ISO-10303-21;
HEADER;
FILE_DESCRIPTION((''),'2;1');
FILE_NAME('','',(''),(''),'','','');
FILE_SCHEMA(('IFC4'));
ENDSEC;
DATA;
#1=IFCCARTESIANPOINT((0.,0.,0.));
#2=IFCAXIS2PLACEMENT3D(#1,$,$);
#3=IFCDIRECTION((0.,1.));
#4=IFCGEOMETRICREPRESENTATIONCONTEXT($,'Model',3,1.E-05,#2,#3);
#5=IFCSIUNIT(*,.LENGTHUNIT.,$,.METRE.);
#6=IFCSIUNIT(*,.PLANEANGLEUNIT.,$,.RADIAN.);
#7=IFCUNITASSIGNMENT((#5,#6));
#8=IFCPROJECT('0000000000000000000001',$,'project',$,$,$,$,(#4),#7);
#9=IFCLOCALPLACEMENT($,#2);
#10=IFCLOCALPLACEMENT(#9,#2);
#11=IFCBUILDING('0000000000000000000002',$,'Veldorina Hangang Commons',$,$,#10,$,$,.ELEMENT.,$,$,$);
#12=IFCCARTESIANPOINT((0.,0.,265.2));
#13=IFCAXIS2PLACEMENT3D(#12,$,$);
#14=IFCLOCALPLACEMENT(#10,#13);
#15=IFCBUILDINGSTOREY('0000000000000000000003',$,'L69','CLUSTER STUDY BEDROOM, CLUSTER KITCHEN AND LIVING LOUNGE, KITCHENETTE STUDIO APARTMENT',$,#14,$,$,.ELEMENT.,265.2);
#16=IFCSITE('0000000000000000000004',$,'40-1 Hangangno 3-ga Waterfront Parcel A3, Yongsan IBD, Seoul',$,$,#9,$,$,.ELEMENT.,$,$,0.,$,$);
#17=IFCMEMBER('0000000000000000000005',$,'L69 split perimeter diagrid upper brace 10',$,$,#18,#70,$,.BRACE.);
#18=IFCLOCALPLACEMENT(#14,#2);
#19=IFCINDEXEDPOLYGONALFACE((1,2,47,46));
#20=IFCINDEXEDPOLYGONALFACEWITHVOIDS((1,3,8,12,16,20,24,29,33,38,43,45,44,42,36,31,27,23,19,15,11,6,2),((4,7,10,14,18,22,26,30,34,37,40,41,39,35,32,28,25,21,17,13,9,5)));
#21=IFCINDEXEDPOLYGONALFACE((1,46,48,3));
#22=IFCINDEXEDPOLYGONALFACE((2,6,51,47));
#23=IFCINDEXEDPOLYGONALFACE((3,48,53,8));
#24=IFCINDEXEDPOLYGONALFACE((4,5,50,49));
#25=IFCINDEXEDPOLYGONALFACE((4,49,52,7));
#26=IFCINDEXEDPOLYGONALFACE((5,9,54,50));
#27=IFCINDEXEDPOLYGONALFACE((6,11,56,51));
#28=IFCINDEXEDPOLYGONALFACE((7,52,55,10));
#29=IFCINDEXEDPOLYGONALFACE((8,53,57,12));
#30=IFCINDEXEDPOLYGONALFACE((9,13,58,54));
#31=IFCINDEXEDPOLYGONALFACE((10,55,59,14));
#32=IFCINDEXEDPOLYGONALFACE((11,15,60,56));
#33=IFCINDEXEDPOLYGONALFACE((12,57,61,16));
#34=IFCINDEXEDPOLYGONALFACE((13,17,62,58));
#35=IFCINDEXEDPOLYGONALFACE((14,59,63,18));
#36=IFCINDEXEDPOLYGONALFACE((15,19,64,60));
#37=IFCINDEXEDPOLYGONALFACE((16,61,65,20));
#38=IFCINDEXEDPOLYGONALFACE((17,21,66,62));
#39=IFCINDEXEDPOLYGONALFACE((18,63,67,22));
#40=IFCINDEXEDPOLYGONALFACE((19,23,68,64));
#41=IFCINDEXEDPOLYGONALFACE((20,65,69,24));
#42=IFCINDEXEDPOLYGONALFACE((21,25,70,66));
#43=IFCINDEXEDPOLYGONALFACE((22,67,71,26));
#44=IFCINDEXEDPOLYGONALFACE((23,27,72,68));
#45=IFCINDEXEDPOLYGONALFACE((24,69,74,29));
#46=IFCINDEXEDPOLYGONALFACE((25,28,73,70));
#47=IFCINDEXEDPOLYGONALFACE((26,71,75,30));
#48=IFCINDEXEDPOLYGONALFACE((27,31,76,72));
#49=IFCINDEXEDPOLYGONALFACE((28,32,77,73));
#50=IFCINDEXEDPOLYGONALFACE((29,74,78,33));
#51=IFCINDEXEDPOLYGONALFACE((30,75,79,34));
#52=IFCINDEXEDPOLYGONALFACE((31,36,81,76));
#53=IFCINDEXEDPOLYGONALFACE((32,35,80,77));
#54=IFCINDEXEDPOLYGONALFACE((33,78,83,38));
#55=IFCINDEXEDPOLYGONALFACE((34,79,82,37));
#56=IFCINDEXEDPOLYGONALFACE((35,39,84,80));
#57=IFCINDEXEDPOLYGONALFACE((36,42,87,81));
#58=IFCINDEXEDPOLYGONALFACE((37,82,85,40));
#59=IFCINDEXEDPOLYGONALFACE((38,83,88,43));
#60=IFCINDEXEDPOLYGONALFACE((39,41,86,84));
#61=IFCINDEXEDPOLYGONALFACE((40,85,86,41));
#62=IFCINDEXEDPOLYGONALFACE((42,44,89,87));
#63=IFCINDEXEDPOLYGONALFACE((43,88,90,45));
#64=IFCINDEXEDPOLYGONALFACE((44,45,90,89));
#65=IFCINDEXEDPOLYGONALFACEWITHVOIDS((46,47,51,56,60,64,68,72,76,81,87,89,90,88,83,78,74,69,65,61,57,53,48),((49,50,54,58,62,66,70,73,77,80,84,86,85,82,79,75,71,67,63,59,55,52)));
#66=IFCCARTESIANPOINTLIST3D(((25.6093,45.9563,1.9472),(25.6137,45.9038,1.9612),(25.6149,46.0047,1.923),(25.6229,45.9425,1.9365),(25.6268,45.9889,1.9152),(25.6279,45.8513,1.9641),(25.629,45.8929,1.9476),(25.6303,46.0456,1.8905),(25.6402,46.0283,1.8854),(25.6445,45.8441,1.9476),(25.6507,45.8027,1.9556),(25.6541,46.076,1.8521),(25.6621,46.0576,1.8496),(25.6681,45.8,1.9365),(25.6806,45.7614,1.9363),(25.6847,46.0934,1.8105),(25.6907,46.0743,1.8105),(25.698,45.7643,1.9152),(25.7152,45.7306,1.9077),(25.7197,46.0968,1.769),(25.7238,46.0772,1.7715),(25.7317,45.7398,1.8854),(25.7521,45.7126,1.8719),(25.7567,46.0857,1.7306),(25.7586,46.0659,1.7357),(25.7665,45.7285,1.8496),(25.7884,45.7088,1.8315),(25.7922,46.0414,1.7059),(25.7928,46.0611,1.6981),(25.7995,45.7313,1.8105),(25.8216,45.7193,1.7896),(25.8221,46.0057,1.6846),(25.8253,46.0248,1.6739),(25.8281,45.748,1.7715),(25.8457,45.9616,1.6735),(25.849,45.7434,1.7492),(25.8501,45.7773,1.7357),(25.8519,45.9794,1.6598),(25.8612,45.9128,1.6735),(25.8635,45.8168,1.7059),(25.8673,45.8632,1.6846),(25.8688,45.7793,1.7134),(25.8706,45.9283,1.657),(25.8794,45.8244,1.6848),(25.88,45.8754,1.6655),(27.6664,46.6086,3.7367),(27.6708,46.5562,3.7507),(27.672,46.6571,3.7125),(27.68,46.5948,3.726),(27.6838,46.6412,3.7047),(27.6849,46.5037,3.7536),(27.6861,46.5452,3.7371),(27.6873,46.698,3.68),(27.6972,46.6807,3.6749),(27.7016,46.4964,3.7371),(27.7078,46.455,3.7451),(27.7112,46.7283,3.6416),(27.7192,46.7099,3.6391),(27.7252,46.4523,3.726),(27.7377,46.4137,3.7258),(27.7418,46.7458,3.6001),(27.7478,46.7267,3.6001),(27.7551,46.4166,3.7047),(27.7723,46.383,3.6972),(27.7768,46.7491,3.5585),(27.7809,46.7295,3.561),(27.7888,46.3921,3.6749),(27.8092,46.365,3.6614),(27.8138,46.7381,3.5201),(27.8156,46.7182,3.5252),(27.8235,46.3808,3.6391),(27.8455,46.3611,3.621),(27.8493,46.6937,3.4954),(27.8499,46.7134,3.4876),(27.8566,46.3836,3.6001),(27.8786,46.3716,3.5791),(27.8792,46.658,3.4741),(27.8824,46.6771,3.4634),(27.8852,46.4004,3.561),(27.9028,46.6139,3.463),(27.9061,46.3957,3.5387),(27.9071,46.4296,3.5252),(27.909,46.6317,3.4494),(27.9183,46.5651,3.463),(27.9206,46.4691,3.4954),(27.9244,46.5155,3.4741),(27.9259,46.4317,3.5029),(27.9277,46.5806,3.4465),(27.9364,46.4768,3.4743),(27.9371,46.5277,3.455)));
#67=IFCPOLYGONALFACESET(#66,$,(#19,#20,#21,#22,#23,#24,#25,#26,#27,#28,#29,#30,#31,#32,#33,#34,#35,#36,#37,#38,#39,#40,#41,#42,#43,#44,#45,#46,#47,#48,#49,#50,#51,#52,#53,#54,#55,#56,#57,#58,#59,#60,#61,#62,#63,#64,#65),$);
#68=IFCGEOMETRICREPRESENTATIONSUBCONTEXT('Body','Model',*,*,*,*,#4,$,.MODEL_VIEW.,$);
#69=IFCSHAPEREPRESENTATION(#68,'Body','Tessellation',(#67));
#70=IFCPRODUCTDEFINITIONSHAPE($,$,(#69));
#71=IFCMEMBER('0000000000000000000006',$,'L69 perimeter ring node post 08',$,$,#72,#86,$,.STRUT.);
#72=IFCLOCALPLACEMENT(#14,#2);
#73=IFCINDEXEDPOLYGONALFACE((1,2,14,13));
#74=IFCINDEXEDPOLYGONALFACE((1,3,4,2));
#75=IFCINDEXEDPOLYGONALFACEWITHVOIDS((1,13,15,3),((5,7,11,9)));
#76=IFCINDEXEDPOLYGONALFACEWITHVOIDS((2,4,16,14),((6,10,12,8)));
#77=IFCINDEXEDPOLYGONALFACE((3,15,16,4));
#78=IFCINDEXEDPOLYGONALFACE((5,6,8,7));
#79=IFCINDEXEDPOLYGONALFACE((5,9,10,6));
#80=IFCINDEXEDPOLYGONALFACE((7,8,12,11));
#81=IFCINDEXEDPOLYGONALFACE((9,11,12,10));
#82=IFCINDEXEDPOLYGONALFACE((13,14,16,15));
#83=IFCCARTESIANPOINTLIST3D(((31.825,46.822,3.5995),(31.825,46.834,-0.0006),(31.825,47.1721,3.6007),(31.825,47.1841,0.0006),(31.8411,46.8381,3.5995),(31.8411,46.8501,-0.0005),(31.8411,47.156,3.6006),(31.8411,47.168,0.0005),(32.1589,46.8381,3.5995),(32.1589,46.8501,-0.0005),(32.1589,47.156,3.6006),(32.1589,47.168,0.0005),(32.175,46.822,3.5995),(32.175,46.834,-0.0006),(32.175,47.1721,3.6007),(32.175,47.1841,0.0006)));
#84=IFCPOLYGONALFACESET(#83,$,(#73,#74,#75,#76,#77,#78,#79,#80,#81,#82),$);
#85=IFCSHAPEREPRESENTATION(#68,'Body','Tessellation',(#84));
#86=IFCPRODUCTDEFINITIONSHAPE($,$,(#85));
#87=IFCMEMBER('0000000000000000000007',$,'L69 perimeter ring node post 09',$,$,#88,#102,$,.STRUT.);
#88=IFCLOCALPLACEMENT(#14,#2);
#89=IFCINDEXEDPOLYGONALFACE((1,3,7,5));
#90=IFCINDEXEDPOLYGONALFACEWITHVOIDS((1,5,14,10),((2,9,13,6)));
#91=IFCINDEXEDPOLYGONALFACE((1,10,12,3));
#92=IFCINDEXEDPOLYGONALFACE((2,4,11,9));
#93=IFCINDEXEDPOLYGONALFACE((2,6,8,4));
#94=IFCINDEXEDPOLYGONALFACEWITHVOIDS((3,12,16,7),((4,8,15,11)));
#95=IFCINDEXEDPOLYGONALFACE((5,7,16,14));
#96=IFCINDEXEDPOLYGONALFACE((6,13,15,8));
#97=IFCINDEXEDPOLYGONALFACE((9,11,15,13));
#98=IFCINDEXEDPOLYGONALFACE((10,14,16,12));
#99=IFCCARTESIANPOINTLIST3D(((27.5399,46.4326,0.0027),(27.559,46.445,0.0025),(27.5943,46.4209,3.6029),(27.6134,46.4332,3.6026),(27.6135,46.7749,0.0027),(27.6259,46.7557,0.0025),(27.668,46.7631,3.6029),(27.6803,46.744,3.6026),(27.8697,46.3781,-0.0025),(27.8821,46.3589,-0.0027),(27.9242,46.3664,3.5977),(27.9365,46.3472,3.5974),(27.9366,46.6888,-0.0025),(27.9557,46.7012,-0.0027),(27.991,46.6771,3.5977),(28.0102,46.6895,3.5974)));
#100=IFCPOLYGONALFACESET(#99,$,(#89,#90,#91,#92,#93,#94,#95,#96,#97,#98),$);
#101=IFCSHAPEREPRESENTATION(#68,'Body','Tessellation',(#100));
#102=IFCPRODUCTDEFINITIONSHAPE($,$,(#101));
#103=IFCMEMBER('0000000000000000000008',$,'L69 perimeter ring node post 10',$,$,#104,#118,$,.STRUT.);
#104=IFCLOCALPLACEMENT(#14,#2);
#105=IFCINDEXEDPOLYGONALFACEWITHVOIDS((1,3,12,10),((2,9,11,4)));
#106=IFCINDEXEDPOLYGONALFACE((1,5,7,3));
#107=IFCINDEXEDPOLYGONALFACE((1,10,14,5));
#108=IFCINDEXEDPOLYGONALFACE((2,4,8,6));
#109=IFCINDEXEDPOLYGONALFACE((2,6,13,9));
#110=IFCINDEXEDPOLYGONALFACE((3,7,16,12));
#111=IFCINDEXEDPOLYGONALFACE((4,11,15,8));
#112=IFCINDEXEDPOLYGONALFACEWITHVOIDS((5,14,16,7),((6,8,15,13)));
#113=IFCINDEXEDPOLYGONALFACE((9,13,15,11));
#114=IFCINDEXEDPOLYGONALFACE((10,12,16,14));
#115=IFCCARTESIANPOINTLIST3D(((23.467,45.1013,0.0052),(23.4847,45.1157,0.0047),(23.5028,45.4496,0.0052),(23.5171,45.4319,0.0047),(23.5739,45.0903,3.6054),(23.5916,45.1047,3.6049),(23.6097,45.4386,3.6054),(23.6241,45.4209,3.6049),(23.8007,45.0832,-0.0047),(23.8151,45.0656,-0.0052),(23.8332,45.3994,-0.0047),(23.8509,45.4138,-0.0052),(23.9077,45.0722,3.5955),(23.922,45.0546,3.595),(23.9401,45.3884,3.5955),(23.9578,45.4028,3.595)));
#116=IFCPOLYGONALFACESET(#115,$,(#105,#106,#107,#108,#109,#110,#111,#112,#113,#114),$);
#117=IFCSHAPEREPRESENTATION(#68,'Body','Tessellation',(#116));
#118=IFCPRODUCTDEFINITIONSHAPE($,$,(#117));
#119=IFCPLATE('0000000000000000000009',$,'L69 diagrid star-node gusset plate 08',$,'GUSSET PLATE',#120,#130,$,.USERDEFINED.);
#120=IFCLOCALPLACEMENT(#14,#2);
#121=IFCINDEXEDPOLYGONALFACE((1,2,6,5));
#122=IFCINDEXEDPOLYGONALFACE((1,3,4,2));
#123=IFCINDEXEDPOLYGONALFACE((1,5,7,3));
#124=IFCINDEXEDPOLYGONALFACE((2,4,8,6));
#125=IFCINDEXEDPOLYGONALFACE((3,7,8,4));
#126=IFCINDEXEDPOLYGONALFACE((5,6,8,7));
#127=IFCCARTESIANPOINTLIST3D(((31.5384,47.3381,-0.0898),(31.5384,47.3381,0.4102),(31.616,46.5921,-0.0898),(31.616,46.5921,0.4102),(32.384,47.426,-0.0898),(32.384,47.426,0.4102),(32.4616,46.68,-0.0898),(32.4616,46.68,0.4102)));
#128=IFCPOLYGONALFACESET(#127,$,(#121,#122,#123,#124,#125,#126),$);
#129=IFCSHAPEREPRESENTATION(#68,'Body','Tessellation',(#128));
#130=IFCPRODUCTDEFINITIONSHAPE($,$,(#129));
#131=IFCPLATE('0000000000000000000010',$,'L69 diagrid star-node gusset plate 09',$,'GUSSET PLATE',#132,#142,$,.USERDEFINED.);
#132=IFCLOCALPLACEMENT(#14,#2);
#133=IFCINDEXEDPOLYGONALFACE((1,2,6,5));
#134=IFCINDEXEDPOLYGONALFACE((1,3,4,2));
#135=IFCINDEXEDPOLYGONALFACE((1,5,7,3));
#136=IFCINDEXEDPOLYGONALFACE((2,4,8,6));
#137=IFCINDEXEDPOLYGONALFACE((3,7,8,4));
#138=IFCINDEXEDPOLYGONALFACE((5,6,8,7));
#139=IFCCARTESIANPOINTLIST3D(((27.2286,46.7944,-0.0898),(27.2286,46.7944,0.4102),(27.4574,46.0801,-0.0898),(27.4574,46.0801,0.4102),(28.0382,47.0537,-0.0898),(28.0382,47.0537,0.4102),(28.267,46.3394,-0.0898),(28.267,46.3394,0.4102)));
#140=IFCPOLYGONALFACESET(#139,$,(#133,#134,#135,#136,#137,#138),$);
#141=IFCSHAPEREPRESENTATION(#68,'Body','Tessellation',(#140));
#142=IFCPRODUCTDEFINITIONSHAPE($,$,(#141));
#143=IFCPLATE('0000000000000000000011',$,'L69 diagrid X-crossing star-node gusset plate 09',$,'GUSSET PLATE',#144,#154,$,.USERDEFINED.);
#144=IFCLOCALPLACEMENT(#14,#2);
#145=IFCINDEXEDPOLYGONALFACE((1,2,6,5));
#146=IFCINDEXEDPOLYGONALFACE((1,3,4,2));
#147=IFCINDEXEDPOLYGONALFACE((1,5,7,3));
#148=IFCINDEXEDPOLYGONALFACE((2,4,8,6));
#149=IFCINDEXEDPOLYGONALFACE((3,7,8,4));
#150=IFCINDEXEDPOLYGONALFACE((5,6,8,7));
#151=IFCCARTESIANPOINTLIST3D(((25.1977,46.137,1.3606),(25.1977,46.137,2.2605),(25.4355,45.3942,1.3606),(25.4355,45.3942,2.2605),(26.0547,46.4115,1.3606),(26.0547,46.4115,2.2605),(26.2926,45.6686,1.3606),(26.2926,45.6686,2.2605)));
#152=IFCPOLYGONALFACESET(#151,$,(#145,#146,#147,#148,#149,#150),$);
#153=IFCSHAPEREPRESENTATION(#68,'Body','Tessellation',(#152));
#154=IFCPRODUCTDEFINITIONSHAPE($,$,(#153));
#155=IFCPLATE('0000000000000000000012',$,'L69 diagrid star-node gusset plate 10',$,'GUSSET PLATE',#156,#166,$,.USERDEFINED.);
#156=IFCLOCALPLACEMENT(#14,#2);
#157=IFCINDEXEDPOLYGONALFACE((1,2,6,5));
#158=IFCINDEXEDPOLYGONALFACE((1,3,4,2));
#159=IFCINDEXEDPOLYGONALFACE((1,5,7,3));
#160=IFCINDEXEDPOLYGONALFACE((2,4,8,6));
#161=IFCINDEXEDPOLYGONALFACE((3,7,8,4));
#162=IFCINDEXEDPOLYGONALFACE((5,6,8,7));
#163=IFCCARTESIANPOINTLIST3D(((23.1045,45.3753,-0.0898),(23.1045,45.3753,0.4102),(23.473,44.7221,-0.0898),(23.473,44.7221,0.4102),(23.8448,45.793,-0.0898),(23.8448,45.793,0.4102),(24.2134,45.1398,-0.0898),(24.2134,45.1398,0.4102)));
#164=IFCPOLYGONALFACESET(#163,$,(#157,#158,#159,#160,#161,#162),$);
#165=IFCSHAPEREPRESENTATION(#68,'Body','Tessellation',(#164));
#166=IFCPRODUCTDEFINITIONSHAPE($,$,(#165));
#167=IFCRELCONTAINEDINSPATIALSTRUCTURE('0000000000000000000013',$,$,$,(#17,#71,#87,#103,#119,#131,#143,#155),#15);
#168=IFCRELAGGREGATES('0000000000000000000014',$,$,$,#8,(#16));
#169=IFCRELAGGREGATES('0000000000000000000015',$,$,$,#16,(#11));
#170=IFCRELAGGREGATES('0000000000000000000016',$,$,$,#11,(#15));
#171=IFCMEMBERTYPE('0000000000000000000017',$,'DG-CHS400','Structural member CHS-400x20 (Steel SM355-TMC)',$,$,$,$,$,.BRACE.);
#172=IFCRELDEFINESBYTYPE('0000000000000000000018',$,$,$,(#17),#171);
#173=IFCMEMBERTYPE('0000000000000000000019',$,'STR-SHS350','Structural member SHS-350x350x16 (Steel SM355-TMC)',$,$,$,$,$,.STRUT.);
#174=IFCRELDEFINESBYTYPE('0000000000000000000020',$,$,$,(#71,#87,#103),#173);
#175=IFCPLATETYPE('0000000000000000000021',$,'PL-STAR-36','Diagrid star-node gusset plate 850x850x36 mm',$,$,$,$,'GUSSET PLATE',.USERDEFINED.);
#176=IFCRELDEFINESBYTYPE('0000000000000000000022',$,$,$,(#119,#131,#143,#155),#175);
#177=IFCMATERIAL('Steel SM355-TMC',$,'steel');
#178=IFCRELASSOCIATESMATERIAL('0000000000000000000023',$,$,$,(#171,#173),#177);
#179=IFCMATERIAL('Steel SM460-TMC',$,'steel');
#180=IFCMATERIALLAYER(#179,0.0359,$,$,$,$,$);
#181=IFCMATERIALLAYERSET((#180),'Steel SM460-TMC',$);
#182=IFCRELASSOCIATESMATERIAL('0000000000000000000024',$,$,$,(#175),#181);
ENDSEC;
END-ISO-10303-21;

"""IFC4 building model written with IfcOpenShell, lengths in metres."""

from ifc_helpers import new_model, si_unit, direction, frame, origin, origin_2d, place, context, subcontext, project, spatial, rectangle, hollow_rectangle, hollow_circle, extrude, material, layer, layer_set, material_profile, profile_set, type_object, element, save


model = new_model("IFC4")

# Units and contexts
model_context = context("Model", 3, precision=1e-05, world=origin(), true_north=direction((0.0, 1.0)))
body_context = subcontext(model_context, "Body", "Model", "MODEL_VIEW")
ifc_project = project(units=[si_unit("LENGTHUNIT", "METRE"), si_unit("PLANEANGLEUNIT", "RADIAN")], contexts=[model_context])

# Site, building, storey
site_placement = place(None, origin())
site = spatial("IfcSite", under=ifc_project, at=site_placement, Name="40-1 Hangangno 3-ga Waterfront Parcel A3, Yongsan IBD, Seoul", CompositionType="ELEMENT", RefElevation=0.0)
building_placement = place(site_placement, origin())
building = spatial("IfcBuilding", under=site, at=building_placement, Name="Veldorina Hangang Commons", CompositionType="ELEMENT")
storey_placement = place(building_placement, frame((0.0, 0.0, 265.2)))
storey = spatial("IfcBuildingStorey", under=building, at=storey_placement, Name="L69", Description="CLUSTER STUDY BEDROOM, CLUSTER KITCHEN AND LIVING LOUNGE, KITCHENETTE STUDIO APARTMENT", CompositionType="ELEMENT", Elevation=265.2)

# Shared definitions
ifc_material_1 = material(Name="Steel SM355-TMC", Category="steel")

# Members
ifc_material_profile_1 = material_profile(ifc_material_1, hollow_circle(Radius=0.2, WallThickness=0.02, at=origin_2d()), Name="CHS-400x20")
ifc_profile_set_1 = profile_set([ifc_material_profile_1], Name="Steel SM355-TMC")
member_type_1 = type_object("IfcMemberType", Name="DG-CHS400", Description="Structural member CHS-400x20 (Steel SM355-TMC)", PredefinedType="BRACE", material=ifc_profile_set_1)
member_1_placement = place(storey_placement, frame((25.7451, 45.9028, 1.8105), z_axis=(0.733762, 0.232686, 0.638319), x_axis=(-0.302279, 0.95322, 0.0)))
element("IfcMember", 1, at=member_1_placement, inside=storey, type_object=member_type_1, Name="L69 split perimeter diagrid upper brace 10", PredefinedType="BRACE", context=body_context, shape_type="SweptSolid", body=[
    extrude(hollow_circle(Radius=0.2, WallThickness=0.02, at=origin_2d()), origin(), (0.0, 0.0, 1.0), 2.8035),
])
ifc_material_profile_2 = material_profile(ifc_material_1, hollow_rectangle(XDim=0.3501, YDim=0.3501, WallThickness=0.0161, at=origin_2d()), Name="SHS-350x350x16")
ifc_profile_set_2 = profile_set([ifc_material_profile_2], Name="Steel SM355-TMC")
member_type_2 = type_object("IfcMemberType", Name="STR-SHS350", Description="Structural member SHS-350x350x16 (Steel SM355-TMC)", PredefinedType="STRUT", material=ifc_profile_set_2)
member_2_placement = place(storey_placement, frame((32.0, 47.009, 0.0), z_axis=(0.0, -0.003323, 0.999994), x_axis=(1.0, 0.0, 0.0)))
element("IfcMember", 2, at=member_2_placement, inside=storey, type_object=member_type_2, Name="L69 perimeter ring node post 08", PredefinedType="STRUT", context=body_context, shape_type="SweptSolid", body=[
    extrude(hollow_rectangle(XDim=0.3501, YDim=0.3501, WallThickness=0.0161, at=origin_2d()), origin(), (0.0, 0.0, 1.0), 3.6001),
])
member_3_placement = place(storey_placement, frame((27.7478, 46.5669, 0.0), z_axis=(0.015121, -0.003255, 0.99988), x_axis=(0.210427, 0.97761, 0.0)))
element("IfcMember", 3, at=member_3_placement, inside=storey, type_object=member_type_2, Name="L69 perimeter ring node post 09", PredefinedType="STRUT", context=body_context, shape_type="SweptSolid", body=[
    extrude(hollow_rectangle(XDim=0.3501, YDim=0.3501, WallThickness=0.0161, at=origin_2d()), origin(), (0.0, 0.0, 1.0), 3.6006),
])
member_4_placement = place(storey_placement, frame((23.6589, 45.2576, 0.0), z_axis=(0.02969, -0.00305, 0.999555), x_axis=(0.102202, 0.994764, 0.0)))
element("IfcMember", 4, at=member_4_placement, inside=storey, type_object=member_type_2, Name="L69 perimeter ring node post 10", PredefinedType="STRUT", context=body_context, shape_type="SweptSolid", body=[
    extrude(hollow_rectangle(XDim=0.3501, YDim=0.3501, WallThickness=0.0161, at=origin_2d()), origin(), (0.0, 0.0, 1.0), 3.6018),
])

# Plates
ifc_material_2 = material(Name="Steel SM460-TMC", Category="steel")
ifc_layer_1 = layer(ifc_material_2, 0.0359)
ifc_layer_set_1 = layer_set([ifc_layer_1], Name="Steel SM460-TMC")
plate_type = type_object("IfcPlateType", Name="PL-STAR-36", Description="Diagrid star-node gusset plate 850x850x36 mm", ElementType="GUSSET PLATE", PredefinedType="USERDEFINED", material=ifc_layer_set_1)
for number, where, z_axis, x_axis, name in (
    (5, (32.0, 47.009, -0.0898), (0.0, 0.0, 1.0), (-0.994638, -0.103418, 0.0), "L69 diagrid star-node gusset plate 08"),
    (6, (27.7478, 46.5669, -0.0898), (0.0, 0.0, 1.0), (-0.952359, -0.304981, 0.0), "L69 diagrid star-node gusset plate 09"),
):
    element("IfcPlate", number, at=place(storey_placement, frame(where, z_axis=z_axis, x_axis=x_axis)), inside=storey, type_object=plate_type, Name=name, ObjectType="GUSSET PLATE", PredefinedType="USERDEFINED", context=body_context, shape_type="SweptSolid", body=[
        extrude(rectangle(XDim=0.8501, YDim=0.75, at=origin_2d()), origin(), (0.0, 0.0, 1.0), 0.5),
    ])
plate_1_placement = place(storey_placement, frame((25.7451, 45.9028, 1.3606), z_axis=(0.0, 0.0, 1.0), x_axis=(-0.952359, -0.304981, 0.0)))
element("IfcPlate", 7, at=plate_1_placement, inside=storey, type_object=plate_type, Name="L69 diagrid X-crossing star-node gusset plate 09", ObjectType="GUSSET PLATE", PredefinedType="USERDEFINED", context=body_context, shape_type="SweptSolid", body=[
    extrude(rectangle(XDim=0.8999, YDim=0.78, at=origin_2d()), origin(), (0.0, 0.0, 1.0), 0.8999),
])
plate_2_placement = place(storey_placement, frame((23.6589, 45.2576, -0.0898), z_axis=(0.0, 0.0, 1.0), x_axis=(-0.870931, -0.491405, 0.0)))
element("IfcPlate", 8, at=plate_2_placement, inside=storey, type_object=plate_type, Name="L69 diagrid star-node gusset plate 10", ObjectType="GUSSET PLATE", PredefinedType="USERDEFINED", context=body_context, shape_type="SweptSolid", body=[
    extrude(rectangle(XDim=0.8501, YDim=0.75, at=origin_2d()), origin(), (0.0, 0.0, 1.0), 0.5),
])

save(model, "model.ifc")
